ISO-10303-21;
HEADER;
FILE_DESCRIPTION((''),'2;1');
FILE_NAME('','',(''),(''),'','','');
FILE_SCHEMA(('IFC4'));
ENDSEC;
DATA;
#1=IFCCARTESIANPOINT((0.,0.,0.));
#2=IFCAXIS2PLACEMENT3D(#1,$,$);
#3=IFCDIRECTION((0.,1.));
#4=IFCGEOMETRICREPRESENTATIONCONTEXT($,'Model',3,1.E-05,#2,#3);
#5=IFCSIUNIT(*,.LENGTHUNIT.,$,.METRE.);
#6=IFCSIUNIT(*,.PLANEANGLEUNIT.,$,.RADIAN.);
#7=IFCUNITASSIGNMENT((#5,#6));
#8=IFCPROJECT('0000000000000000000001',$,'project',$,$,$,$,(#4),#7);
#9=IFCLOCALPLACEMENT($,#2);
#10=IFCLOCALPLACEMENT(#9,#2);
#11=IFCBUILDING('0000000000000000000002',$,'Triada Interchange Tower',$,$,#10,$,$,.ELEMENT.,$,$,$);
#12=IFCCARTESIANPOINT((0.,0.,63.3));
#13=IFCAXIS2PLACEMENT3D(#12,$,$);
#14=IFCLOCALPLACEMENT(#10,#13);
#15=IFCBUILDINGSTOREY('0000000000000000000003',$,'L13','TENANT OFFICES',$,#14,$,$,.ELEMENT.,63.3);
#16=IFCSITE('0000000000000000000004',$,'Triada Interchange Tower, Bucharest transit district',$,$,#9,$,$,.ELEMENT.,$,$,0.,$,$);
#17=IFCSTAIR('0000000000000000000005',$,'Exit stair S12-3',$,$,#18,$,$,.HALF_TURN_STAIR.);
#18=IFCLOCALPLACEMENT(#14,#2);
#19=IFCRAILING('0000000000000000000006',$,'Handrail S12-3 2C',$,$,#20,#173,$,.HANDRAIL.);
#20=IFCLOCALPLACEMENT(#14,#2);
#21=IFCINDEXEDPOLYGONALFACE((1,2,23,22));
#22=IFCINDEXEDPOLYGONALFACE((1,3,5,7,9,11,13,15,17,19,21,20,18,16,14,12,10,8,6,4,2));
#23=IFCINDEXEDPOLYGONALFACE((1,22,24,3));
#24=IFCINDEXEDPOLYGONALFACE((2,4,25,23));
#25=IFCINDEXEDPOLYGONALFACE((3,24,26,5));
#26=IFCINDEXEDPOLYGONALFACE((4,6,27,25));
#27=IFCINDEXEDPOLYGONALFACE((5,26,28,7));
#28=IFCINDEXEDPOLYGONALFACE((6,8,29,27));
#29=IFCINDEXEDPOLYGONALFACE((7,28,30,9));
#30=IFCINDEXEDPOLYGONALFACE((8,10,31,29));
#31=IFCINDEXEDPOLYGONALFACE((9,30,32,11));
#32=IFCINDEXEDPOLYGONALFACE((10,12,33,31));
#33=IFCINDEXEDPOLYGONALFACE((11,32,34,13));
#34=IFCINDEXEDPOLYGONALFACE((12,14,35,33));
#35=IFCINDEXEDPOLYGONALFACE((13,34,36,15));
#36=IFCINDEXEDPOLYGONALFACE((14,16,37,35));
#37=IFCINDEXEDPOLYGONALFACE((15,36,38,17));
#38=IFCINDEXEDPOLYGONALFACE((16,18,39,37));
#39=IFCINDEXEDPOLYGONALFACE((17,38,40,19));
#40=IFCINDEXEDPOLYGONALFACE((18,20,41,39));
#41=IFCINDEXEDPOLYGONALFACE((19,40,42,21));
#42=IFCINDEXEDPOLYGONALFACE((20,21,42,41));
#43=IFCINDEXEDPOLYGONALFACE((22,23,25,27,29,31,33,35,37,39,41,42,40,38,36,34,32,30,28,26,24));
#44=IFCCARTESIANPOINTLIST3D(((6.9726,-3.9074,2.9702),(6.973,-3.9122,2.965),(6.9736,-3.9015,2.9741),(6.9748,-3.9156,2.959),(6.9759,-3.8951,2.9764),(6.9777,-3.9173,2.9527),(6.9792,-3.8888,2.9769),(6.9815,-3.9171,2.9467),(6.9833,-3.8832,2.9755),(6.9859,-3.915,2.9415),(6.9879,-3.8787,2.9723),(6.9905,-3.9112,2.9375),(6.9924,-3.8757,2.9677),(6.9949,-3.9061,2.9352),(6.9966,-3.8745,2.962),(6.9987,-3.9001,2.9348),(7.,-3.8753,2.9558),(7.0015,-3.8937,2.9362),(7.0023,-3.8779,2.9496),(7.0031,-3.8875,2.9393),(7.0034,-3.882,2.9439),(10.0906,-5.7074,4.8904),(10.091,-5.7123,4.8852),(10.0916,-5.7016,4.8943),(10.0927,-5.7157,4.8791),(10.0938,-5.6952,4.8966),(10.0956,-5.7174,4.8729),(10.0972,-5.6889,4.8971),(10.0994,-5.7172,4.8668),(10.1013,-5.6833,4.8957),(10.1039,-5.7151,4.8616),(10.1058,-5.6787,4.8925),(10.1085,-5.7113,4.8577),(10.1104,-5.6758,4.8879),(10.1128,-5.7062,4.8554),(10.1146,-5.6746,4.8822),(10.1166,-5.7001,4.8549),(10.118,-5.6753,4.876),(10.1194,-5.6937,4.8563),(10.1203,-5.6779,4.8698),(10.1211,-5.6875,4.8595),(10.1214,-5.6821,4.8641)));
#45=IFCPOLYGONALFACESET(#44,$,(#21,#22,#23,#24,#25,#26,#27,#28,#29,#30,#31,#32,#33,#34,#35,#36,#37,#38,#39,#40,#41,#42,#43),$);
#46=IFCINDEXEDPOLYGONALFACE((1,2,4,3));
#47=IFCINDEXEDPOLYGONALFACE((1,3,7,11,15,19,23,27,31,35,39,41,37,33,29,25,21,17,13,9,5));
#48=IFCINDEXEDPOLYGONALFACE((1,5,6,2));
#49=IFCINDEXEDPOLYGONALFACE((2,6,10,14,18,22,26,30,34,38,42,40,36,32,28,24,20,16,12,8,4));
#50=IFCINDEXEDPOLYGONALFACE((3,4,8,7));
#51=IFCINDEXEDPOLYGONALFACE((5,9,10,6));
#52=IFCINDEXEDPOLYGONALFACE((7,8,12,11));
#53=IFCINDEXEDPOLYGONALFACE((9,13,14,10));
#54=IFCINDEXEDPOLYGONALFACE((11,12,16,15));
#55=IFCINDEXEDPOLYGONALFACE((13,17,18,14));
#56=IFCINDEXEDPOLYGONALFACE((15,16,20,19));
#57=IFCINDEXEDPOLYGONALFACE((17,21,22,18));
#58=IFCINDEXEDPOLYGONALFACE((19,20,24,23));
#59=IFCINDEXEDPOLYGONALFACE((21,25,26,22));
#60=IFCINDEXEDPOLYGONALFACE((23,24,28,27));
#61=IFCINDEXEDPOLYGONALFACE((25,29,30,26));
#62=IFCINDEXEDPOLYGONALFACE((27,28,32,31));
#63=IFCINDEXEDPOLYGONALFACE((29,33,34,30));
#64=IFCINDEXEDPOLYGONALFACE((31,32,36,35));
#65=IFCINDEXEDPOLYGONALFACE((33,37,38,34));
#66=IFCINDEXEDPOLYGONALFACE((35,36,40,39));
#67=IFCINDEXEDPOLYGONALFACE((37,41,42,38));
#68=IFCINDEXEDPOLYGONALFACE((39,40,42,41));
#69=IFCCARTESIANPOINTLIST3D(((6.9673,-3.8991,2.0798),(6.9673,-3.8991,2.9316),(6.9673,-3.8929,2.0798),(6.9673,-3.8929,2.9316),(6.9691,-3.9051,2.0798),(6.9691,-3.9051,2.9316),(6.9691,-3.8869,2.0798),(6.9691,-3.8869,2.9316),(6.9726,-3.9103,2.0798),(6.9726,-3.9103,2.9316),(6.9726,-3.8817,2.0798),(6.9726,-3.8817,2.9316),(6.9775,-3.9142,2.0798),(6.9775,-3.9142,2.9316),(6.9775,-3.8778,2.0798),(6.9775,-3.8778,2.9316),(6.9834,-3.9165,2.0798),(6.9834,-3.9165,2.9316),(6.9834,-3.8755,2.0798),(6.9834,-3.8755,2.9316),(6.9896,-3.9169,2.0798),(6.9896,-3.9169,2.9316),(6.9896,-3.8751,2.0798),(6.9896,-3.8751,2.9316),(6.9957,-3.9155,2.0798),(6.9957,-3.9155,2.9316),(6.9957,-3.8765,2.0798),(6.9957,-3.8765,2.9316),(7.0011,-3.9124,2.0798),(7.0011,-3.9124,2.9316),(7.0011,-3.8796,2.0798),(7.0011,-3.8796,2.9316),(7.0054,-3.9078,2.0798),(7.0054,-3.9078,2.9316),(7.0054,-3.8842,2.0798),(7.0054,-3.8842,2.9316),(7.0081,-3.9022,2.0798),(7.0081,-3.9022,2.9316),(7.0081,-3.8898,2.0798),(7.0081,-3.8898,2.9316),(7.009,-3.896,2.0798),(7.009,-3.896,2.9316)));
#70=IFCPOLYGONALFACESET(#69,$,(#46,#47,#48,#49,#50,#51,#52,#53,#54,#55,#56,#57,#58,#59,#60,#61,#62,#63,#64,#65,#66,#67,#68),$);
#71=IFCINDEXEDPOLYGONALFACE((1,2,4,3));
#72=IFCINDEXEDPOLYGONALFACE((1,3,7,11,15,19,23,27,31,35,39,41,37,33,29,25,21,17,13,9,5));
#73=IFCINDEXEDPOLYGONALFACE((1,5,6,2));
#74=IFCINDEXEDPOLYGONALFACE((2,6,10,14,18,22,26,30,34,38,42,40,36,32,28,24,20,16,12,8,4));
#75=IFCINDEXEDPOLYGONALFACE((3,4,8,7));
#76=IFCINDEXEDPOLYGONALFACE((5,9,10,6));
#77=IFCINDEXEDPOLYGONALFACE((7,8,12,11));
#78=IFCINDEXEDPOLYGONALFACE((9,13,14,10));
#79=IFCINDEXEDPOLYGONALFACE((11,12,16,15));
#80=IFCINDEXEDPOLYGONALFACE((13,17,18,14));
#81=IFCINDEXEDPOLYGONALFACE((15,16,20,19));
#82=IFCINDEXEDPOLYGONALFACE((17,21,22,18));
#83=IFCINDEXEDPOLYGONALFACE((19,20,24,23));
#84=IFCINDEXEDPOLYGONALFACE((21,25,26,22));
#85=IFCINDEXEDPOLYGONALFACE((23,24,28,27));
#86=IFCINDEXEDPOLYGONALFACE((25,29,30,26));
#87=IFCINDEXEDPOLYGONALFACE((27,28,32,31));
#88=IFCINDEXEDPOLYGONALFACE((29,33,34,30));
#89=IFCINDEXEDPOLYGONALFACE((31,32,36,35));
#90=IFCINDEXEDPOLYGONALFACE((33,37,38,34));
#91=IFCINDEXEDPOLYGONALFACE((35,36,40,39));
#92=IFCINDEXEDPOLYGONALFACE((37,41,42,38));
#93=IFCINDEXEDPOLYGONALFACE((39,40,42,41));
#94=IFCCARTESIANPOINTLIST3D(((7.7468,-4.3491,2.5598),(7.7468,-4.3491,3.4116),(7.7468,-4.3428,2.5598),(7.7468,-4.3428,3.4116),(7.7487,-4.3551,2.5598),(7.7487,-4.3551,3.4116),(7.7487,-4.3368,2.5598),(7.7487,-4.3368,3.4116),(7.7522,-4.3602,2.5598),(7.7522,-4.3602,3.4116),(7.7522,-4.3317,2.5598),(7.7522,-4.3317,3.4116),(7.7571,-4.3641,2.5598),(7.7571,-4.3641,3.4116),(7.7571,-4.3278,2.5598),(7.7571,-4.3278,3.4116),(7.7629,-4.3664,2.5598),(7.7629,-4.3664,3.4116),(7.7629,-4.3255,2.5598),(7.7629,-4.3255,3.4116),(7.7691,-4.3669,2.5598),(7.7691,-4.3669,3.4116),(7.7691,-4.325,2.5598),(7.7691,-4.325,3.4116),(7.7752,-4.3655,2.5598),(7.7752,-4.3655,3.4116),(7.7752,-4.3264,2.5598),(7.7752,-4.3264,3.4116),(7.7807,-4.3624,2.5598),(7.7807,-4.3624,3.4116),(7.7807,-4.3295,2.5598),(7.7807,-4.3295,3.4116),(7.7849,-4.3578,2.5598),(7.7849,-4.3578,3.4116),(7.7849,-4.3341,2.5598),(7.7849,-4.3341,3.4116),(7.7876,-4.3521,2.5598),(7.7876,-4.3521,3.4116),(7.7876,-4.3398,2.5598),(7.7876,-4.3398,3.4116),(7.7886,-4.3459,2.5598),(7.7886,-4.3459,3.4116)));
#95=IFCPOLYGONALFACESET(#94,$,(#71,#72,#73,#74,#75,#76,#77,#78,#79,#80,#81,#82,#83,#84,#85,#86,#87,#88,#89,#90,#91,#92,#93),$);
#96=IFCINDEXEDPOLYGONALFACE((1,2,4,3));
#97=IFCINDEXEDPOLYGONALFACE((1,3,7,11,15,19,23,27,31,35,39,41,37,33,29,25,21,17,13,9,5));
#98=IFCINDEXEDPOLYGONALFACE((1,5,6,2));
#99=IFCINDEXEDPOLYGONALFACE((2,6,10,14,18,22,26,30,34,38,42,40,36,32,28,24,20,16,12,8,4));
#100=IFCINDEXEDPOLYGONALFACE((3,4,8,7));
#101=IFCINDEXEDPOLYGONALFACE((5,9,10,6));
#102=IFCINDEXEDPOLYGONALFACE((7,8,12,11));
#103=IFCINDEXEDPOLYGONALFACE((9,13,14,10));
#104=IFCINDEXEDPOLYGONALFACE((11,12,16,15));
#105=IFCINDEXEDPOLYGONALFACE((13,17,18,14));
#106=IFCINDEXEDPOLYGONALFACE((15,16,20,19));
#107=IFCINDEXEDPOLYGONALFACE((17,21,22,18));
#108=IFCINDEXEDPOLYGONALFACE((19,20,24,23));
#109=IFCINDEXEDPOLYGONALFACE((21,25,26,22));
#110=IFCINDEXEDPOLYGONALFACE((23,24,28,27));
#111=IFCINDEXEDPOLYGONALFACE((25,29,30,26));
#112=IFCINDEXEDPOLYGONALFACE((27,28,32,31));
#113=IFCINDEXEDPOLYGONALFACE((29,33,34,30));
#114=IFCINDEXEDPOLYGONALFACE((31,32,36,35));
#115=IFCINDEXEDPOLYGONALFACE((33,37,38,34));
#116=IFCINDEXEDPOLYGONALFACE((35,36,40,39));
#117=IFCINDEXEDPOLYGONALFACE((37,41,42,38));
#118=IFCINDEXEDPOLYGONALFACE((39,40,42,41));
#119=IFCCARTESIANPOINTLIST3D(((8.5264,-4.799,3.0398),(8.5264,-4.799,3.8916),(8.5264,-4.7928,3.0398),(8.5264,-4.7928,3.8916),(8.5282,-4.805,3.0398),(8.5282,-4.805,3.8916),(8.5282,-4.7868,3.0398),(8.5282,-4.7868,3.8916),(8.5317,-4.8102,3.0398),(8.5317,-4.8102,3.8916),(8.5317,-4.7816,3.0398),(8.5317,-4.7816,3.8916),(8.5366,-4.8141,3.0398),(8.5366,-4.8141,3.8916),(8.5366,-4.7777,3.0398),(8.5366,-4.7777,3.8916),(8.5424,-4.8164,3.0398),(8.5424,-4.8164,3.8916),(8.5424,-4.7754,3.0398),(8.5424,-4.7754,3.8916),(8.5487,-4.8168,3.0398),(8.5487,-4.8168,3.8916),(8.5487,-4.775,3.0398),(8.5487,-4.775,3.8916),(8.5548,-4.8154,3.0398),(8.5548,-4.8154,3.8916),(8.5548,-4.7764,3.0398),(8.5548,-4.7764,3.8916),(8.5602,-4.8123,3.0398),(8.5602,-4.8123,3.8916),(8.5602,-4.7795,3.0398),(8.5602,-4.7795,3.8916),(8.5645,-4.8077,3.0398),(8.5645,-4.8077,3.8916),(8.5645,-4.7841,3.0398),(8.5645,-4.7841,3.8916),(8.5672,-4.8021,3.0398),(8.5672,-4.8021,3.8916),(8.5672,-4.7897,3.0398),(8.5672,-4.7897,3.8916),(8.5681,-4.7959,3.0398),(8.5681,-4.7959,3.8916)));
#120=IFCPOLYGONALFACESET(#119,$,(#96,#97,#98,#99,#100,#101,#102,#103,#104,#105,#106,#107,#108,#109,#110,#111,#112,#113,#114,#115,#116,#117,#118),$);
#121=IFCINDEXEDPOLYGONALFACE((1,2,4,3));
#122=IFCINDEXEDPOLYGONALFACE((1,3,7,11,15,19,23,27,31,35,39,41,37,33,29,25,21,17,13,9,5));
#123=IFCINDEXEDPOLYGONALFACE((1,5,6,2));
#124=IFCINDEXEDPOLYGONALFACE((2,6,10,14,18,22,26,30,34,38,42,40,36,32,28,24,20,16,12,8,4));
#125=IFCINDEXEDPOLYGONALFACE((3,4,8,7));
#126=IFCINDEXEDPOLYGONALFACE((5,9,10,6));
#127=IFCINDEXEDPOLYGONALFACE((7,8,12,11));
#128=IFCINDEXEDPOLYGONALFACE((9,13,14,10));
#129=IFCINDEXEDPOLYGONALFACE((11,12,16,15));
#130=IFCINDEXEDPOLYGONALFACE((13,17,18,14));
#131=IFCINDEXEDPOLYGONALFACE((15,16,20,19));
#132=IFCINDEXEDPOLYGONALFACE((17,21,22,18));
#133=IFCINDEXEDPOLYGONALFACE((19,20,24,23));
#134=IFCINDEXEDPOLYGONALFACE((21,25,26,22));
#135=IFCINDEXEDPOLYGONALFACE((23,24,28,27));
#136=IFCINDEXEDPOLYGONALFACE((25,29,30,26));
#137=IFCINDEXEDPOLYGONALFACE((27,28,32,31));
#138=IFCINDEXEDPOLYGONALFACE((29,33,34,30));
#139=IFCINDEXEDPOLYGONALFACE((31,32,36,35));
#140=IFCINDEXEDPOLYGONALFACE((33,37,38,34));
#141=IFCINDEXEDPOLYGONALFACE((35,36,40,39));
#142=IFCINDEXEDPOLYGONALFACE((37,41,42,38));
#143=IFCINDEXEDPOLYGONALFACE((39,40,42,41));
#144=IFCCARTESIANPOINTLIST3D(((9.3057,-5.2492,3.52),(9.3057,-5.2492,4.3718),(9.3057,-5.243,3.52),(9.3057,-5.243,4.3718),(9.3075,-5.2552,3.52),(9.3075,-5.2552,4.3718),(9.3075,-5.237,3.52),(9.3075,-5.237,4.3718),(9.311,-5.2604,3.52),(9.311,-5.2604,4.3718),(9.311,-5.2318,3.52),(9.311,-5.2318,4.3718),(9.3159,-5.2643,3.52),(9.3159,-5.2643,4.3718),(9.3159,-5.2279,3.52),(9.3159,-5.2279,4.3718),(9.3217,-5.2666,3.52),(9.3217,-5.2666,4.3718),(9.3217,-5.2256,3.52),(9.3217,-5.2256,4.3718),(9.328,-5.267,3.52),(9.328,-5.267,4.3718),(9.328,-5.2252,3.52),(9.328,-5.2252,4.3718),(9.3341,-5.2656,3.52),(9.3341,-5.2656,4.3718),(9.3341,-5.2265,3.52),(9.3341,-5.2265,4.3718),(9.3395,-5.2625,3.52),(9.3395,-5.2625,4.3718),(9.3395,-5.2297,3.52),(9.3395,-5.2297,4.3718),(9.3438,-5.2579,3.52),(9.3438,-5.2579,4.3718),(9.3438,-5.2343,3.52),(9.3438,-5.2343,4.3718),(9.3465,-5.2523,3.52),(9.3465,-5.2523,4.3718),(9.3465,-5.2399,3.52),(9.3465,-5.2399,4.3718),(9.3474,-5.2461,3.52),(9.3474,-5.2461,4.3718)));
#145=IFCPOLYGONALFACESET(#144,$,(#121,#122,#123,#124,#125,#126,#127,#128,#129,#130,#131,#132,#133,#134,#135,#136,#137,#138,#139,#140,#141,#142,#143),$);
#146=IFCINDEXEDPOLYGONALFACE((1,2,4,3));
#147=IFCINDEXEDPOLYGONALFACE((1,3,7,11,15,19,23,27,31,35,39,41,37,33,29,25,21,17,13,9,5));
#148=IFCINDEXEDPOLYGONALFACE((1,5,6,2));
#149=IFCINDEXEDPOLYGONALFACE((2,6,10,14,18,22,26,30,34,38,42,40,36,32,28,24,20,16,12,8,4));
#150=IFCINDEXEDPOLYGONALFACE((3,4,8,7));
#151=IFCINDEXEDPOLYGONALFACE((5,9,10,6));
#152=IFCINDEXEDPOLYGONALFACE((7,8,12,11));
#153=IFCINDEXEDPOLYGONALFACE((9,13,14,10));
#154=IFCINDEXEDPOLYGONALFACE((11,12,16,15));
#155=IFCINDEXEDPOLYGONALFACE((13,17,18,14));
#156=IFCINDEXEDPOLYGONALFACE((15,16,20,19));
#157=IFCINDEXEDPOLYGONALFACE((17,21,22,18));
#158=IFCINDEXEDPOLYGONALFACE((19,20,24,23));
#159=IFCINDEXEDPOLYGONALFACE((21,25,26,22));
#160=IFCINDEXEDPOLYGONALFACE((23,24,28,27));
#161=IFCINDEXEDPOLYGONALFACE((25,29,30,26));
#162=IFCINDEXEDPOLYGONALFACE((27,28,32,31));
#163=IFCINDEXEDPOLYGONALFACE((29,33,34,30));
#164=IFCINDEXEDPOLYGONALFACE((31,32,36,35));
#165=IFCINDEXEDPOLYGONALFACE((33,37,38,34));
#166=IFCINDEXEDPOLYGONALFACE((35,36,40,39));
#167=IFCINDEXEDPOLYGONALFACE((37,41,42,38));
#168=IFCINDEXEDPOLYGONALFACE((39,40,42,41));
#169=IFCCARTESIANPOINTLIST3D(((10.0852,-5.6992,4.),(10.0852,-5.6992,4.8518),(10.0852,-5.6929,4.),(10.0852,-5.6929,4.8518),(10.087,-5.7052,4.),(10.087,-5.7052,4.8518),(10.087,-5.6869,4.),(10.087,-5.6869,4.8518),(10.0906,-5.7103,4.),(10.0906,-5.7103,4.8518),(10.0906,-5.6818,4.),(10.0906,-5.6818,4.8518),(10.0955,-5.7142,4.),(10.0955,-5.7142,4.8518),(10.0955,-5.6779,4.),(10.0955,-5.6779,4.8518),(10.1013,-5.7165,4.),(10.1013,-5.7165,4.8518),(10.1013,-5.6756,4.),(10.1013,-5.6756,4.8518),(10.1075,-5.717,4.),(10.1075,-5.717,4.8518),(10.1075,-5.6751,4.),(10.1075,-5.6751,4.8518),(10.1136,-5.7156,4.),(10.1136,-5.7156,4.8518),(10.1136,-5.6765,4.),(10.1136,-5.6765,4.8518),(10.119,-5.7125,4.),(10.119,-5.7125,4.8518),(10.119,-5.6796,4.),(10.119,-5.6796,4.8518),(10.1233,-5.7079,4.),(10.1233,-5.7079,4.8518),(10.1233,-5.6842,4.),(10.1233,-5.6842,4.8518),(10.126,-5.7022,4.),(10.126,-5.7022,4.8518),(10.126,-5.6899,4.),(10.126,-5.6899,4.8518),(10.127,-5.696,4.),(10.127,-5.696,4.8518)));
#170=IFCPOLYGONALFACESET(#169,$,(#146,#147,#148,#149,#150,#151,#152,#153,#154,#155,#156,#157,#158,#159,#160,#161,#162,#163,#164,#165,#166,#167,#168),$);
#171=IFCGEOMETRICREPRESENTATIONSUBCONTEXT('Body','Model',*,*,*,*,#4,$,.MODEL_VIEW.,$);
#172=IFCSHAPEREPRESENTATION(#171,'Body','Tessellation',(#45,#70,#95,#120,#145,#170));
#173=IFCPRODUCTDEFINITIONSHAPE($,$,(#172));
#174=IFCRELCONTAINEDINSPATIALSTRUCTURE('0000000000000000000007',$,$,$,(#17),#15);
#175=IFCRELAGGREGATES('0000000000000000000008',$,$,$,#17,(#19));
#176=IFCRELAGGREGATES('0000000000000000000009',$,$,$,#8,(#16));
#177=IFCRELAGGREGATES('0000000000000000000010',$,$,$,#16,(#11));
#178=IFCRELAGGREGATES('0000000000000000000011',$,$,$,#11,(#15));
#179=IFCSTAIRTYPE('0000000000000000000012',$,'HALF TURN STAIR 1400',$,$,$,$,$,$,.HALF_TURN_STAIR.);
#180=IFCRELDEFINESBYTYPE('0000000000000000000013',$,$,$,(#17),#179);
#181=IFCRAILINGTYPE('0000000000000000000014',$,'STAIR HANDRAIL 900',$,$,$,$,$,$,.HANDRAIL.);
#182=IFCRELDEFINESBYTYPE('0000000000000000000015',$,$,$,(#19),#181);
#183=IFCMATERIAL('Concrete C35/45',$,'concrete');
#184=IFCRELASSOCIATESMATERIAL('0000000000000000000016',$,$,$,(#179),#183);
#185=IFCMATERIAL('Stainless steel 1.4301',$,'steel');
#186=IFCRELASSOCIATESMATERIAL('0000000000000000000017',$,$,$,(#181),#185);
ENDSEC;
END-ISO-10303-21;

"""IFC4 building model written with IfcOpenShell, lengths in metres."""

from ifc_helpers import new_model, si_unit, direction, frame, origin, origin_2d, place, context, subcontext, project, spatial, circle, extrude, material, type_object, element, aggregate, save


model = new_model("IFC4")

# Units and contexts
model_context = context("Model", 3, precision=1e-05, world=origin(), true_north=direction((0.0, 1.0)))
body_context = subcontext(model_context, "Body", "Model", "MODEL_VIEW")
ifc_project = project(units=[si_unit("LENGTHUNIT", "METRE"), si_unit("PLANEANGLEUNIT", "RADIAN")], contexts=[model_context])

# Site, building, storey
site_placement = place(None, origin())
site = spatial("IfcSite", under=ifc_project, at=site_placement, Name="Triada Interchange Tower, Bucharest transit district", CompositionType="ELEMENT", RefElevation=0.0)
building_placement = place(site_placement, origin())
building = spatial("IfcBuilding", under=site, at=building_placement, Name="Triada Interchange Tower", CompositionType="ELEMENT")
storey_placement = place(building_placement, frame((0.0, 0.0, 63.3)))
storey = spatial("IfcBuildingStorey", under=building, at=storey_placement, Name="L13", Description="TENANT OFFICES", CompositionType="ELEMENT", Elevation=63.3)

# Stair, railing
ifc_material_1 = material(Name="Concrete C35/45", Category="concrete")
stair_type = type_object("IfcStairType", Name="HALF TURN STAIR 1400", PredefinedType="HALF_TURN_STAIR", material=ifc_material_1)
stair_placement = place(storey_placement, origin())
stair = element("IfcStair", 1, at=stair_placement, inside=storey, type_object=stair_type, Name="Exit stair S12-3", PredefinedType="HALF_TURN_STAIR")
ifc_material_2 = material(Name="Stainless steel 1.4301", Category="steel")
railing_type = type_object("IfcRailingType", Name="STAIR HANDRAIL 900", PredefinedType="HANDRAIL", material=ifc_material_2)
railing_1_placement = place(storey_placement, frame((6.988, -3.896, 2.0798)))
railing_1 = element("IfcRailing", 2, at=railing_1_placement, type_object=railing_type, Name="Handrail S12-3 2C", PredefinedType="HANDRAIL", context=body_context, shape_type="SweptSolid", body=[
    extrude(circle(Radius=0.0239, at=origin_2d()), frame((0.0, 0.0, 0.876), z_axis=(0.764145, -0.441159, 0.470597), x_axis=(0.499983, 0.866035, 0.0)), (0.0, 0.0, 1.0), 4.0803),
    extrude(circle(Radius=0.021, at=origin_2d()), origin(), (0.0, 0.0, 1.0), 0.8518),
    extrude(circle(Radius=0.021, at=origin_2d()), frame((0.7795, -0.45, 0.48)), (0.0, 0.0, 1.0), 0.8518),
    extrude(circle(Radius=0.021, at=origin_2d()), frame((1.5591, -0.8999, 0.96)), (0.0, 0.0, 1.0), 0.8518),
    extrude(circle(Radius=0.021, at=origin_2d()), frame((2.3384, -1.3501, 1.4402)), (0.0, 0.0, 1.0), 0.8518),
    extrude(circle(Radius=0.021, at=origin_2d()), frame((3.1179, -1.8, 1.9202)), (0.0, 0.0, 1.0), 0.8518),
])
aggregate(stair, [railing_1])

save(model, "model.ifc")
